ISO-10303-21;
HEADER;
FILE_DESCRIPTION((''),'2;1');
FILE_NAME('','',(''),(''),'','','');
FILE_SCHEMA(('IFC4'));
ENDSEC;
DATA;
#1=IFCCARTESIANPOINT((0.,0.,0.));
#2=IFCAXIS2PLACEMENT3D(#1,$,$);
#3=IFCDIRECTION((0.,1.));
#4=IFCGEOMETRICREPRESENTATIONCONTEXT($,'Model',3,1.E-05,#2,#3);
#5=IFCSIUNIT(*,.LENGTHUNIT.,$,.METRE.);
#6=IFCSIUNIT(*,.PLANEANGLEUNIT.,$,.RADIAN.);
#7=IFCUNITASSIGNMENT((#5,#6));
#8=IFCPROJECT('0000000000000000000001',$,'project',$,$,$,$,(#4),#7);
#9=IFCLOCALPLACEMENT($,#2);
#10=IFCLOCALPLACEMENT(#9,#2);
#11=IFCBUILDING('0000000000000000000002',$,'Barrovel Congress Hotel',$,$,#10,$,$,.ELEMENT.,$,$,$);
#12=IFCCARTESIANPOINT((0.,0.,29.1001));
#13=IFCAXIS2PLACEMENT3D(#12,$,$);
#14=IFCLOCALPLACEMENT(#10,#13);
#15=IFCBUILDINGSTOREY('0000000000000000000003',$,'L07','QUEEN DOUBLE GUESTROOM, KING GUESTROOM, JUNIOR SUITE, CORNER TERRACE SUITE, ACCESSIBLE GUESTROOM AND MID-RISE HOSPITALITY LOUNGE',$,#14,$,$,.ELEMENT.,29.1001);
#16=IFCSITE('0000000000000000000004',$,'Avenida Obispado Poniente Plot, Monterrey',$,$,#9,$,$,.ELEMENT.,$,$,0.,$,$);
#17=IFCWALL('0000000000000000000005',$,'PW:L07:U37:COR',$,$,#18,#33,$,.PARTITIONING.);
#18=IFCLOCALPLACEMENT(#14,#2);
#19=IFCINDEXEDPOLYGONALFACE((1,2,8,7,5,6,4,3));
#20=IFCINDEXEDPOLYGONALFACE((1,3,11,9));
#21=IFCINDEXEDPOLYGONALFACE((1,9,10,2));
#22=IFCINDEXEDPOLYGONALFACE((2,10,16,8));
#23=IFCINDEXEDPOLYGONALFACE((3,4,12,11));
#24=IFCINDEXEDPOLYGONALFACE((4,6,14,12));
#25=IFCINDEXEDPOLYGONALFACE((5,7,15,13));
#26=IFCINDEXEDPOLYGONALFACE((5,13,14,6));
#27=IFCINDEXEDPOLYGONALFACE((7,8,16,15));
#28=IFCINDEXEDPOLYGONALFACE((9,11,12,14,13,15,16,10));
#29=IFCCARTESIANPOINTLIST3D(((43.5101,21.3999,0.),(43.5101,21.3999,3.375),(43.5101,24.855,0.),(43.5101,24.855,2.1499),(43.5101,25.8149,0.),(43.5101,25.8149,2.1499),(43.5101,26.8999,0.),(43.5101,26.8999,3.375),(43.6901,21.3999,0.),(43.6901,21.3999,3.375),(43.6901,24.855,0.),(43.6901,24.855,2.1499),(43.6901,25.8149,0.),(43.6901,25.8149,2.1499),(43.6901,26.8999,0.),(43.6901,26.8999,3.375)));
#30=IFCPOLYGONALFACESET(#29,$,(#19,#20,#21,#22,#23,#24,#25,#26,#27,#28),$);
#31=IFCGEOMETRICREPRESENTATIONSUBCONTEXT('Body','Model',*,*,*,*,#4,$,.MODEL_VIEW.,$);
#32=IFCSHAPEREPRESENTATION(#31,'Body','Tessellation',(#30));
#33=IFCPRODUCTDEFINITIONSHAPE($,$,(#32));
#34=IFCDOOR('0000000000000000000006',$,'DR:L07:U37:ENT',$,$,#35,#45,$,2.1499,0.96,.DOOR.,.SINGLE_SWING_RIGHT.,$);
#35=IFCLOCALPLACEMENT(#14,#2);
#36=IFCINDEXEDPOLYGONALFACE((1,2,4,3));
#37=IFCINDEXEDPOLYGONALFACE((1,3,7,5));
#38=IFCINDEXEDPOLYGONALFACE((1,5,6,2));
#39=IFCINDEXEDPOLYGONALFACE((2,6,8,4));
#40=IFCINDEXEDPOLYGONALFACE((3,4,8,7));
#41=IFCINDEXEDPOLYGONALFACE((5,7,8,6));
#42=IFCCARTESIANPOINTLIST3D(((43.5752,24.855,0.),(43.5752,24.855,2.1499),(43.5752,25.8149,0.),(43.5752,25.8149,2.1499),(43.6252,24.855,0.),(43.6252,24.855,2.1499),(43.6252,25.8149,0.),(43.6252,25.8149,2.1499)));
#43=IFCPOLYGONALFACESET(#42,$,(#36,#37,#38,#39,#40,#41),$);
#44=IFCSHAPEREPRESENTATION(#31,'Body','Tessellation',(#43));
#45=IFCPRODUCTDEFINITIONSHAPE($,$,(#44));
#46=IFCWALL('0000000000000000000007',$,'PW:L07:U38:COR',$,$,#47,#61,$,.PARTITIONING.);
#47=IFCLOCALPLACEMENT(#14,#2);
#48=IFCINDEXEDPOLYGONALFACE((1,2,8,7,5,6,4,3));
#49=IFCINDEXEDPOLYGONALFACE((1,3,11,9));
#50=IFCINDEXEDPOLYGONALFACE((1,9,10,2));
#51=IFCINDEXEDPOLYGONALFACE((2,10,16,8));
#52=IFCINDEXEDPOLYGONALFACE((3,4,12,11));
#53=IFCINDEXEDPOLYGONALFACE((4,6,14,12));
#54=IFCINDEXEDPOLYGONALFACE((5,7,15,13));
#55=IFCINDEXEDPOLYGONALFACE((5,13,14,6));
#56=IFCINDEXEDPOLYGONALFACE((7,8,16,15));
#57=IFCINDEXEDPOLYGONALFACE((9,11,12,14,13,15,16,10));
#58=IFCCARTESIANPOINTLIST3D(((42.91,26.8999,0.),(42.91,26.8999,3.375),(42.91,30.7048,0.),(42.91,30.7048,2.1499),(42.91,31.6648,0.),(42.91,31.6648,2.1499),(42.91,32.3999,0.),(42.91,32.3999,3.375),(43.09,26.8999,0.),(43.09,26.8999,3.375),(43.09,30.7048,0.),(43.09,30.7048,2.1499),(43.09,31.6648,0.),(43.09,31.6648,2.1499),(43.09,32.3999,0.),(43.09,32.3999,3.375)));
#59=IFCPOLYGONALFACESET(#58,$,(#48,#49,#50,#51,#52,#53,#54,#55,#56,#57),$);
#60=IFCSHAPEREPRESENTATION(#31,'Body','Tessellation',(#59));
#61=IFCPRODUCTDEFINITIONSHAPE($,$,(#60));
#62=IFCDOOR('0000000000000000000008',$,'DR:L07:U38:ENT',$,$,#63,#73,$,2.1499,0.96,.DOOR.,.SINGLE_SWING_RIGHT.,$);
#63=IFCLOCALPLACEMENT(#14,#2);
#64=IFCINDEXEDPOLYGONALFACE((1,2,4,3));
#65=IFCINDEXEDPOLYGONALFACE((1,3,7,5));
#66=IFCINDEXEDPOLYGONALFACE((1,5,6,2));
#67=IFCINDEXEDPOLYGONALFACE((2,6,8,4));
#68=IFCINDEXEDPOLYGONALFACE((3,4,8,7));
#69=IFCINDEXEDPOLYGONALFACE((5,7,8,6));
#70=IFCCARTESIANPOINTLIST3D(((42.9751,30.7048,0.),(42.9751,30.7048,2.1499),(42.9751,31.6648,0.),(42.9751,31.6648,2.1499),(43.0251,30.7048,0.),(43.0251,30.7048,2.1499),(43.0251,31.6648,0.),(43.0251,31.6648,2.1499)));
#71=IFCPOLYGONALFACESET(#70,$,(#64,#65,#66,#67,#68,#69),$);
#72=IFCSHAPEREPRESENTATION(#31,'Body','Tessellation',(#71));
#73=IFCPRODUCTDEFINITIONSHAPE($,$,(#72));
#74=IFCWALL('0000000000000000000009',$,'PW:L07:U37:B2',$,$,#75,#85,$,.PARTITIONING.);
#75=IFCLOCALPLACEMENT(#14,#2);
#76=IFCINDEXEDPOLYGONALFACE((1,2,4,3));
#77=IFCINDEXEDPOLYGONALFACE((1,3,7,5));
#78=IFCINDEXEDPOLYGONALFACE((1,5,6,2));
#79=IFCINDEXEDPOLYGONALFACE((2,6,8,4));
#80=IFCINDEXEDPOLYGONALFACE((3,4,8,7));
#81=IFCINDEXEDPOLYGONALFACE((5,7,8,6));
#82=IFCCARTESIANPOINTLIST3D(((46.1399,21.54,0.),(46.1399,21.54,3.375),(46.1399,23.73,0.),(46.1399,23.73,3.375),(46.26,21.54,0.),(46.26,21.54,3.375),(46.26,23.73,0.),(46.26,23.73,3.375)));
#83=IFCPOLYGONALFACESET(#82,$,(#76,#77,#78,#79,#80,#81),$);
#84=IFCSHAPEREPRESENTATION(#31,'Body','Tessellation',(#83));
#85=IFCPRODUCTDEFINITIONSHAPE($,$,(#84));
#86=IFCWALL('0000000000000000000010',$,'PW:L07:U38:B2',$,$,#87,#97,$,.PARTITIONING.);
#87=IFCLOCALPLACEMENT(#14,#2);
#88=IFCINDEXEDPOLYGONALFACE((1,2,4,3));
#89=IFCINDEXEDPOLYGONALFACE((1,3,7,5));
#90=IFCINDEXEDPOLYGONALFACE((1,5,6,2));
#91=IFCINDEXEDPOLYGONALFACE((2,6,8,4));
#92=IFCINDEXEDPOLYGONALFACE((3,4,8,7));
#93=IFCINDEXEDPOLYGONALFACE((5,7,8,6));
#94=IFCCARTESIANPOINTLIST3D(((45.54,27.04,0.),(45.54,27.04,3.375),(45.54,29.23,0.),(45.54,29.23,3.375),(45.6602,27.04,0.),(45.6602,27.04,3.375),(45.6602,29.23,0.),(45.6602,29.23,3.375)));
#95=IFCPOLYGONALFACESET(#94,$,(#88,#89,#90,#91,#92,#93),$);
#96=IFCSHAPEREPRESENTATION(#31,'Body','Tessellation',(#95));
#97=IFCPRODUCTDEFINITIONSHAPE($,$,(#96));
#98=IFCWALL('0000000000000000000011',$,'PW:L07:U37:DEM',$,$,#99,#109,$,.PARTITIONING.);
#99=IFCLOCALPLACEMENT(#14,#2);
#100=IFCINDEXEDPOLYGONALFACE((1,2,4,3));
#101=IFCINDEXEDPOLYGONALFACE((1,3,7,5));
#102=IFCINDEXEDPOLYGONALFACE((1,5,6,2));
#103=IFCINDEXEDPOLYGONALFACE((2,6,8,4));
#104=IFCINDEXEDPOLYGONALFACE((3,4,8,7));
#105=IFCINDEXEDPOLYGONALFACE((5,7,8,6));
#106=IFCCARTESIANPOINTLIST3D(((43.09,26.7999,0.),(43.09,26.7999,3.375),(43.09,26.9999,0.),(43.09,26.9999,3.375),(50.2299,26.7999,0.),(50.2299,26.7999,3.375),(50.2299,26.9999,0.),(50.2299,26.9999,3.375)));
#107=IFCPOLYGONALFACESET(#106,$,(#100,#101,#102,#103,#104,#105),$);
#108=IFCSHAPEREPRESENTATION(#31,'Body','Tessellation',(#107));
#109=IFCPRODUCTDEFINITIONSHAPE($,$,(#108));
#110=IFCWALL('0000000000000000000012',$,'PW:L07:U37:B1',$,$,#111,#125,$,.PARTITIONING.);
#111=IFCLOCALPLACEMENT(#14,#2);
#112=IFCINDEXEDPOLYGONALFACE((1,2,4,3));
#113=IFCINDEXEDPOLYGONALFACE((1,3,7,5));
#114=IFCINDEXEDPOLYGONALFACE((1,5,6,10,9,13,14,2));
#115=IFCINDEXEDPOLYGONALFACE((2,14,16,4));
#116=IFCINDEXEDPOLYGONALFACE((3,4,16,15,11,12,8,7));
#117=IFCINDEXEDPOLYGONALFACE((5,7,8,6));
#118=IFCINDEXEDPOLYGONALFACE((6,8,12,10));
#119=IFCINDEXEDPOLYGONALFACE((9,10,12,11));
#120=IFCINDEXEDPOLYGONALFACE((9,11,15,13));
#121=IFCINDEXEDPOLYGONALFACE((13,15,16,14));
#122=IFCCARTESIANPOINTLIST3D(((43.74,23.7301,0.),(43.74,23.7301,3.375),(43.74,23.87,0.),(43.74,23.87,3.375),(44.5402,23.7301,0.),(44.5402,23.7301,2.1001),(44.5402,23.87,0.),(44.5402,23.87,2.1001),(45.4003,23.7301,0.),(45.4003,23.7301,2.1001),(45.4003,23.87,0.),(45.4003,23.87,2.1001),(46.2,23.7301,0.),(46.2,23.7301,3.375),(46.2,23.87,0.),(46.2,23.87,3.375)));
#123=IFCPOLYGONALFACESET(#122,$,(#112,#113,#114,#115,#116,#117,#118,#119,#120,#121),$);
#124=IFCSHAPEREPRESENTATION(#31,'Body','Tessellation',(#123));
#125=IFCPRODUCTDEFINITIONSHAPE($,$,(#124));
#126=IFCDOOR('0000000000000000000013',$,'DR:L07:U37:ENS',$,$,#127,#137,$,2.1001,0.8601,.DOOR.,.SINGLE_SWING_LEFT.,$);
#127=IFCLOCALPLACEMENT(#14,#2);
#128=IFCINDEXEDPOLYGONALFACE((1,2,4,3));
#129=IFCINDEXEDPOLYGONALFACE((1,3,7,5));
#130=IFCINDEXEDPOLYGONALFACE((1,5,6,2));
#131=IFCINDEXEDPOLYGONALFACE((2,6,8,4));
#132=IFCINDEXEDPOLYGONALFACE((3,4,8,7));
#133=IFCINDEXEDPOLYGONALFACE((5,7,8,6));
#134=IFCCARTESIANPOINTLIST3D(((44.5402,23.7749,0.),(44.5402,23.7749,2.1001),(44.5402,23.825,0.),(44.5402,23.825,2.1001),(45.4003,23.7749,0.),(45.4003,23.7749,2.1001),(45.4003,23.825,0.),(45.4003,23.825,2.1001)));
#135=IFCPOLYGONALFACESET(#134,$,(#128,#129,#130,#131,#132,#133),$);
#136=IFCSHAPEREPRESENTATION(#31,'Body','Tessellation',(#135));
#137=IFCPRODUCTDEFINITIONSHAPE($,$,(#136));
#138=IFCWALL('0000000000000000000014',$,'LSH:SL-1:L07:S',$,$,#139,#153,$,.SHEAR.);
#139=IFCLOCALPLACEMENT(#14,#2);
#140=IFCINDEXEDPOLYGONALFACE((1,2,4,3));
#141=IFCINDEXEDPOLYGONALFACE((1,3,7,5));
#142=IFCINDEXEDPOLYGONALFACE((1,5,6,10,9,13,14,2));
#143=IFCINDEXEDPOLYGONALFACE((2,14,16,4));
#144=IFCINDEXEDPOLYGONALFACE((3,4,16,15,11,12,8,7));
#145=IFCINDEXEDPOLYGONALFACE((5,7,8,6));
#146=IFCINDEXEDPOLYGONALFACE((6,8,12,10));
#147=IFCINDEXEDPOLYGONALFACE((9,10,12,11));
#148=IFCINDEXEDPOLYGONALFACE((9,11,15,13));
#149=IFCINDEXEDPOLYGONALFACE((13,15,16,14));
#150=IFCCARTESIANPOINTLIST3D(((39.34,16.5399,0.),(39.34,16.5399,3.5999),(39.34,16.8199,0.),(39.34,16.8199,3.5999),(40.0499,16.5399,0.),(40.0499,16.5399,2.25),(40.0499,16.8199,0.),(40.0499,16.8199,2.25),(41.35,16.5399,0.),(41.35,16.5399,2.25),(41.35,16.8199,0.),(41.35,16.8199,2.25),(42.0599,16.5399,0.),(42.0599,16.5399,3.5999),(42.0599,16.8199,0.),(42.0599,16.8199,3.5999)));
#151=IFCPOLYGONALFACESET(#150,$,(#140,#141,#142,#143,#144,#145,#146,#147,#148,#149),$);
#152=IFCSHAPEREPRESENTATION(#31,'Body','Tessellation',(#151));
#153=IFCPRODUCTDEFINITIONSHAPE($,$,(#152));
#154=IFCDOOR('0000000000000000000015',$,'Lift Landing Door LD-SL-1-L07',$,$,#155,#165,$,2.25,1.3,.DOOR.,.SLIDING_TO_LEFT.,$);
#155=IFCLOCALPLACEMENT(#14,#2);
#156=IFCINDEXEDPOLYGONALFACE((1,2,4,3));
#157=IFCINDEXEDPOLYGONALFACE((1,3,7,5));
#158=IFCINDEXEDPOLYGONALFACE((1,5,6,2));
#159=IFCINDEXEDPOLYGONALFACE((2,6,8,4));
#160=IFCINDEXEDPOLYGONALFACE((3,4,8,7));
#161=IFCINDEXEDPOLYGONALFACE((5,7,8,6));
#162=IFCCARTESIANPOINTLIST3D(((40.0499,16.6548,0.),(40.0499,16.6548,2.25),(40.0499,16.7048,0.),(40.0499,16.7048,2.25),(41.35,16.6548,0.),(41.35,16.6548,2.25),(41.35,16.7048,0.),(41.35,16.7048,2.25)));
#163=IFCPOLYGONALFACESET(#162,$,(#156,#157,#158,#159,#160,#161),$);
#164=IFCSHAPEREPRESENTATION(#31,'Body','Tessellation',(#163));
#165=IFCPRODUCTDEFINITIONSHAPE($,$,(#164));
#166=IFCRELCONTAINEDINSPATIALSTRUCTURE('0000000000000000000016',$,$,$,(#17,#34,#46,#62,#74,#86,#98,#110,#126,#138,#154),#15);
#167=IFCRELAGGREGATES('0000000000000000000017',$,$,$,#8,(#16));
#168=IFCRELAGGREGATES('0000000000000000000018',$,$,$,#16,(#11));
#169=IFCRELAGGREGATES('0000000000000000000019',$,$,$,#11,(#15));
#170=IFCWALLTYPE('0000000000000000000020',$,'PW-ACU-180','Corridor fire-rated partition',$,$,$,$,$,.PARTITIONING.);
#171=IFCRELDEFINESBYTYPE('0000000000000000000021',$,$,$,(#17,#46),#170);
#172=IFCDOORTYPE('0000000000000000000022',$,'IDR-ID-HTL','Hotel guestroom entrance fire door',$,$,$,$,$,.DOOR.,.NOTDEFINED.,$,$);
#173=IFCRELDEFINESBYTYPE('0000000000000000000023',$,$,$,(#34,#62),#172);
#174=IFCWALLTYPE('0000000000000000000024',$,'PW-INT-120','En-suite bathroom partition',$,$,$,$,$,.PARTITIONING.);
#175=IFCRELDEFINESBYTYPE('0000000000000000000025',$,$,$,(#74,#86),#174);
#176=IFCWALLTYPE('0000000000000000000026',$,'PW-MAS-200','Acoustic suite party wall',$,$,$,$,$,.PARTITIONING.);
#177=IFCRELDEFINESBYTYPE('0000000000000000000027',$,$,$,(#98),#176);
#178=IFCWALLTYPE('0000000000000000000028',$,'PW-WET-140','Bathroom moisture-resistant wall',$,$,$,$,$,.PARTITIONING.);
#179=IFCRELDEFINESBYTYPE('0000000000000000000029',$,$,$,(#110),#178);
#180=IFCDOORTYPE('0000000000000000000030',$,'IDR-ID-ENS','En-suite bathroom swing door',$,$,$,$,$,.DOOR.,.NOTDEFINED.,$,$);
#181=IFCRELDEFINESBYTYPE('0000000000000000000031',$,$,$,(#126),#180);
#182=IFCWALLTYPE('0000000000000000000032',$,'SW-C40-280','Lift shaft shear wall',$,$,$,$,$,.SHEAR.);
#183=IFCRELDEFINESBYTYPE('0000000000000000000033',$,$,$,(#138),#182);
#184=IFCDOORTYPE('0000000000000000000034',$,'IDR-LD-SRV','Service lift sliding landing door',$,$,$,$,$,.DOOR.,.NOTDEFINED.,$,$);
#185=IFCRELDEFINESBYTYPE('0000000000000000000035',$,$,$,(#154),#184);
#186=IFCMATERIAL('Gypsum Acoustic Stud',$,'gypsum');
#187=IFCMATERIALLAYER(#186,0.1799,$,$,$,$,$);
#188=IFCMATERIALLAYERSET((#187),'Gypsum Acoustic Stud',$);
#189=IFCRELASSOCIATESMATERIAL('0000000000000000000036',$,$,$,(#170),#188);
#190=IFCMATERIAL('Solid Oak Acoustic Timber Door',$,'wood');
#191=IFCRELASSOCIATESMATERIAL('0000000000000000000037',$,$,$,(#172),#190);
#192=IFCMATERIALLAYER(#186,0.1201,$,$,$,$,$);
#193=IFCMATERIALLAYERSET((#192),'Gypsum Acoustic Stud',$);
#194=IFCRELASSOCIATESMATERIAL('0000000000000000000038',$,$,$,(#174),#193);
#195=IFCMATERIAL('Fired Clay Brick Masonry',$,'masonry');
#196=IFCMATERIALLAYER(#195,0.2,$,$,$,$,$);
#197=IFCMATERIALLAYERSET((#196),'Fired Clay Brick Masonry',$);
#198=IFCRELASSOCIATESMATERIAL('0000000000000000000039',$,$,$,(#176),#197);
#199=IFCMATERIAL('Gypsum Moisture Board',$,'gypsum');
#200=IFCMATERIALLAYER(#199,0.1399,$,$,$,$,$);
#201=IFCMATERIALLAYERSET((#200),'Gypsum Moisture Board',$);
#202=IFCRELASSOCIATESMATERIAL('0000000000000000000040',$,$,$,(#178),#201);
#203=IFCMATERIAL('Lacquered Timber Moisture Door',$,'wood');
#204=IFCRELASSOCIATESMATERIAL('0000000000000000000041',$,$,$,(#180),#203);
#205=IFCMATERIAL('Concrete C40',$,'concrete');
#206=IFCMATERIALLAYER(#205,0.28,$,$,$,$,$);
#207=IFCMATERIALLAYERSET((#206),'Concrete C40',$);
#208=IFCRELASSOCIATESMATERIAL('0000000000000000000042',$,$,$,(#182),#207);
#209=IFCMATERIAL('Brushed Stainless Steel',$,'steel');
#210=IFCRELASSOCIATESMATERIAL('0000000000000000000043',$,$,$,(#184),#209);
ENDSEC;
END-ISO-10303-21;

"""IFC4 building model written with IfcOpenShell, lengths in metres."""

from ifc_helpers import new_model, si_unit, direction, frame, frame_2d, origin, place, context, subcontext, project, spatial, rectangle, extrude, material, layer, layer_set, type_object, element, fill, save


model = new_model("IFC4")

# Units and contexts
model_context = context("Model", 3, precision=1e-05, world=origin(), true_north=direction((0.0, 1.0)))
body_context = subcontext(model_context, "Body", "Model", "MODEL_VIEW")
ifc_project = project(units=[si_unit("LENGTHUNIT", "METRE"), si_unit("PLANEANGLEUNIT", "RADIAN")], contexts=[model_context])

# Site, building, storey
site_placement = place(None, origin())
site = spatial("IfcSite", under=ifc_project, at=site_placement, Name="Avenida Obispado Poniente Plot, Monterrey", CompositionType="ELEMENT", RefElevation=0.0)
building_placement = place(site_placement, origin())
building = spatial("IfcBuilding", under=site, at=building_placement, Name="Barrovel Congress Hotel", CompositionType="ELEMENT")
storey_placement = place(building_placement, frame((0.0, 0.0, 29.1001)))
storey = spatial("IfcBuildingStorey", under=building, at=storey_placement, Name="L07", Description="QUEEN DOUBLE GUESTROOM, KING GUESTROOM, JUNIOR SUITE, CORNER TERRACE SUITE, ACCESSIBLE GUESTROOM AND MID-RISE HOSPITALITY LOUNGE", CompositionType="ELEMENT", Elevation=29.1001)

# Shared definitions
ifc_material_1 = material(Name="Concrete C40", Category="concrete")

# Shared definitions
ifc_material_2 = material(Name="Fired Clay Brick Masonry", Category="masonry")

# Walls, openings, doors
ifc_material_3 = material(Name="Gypsum Acoustic Stud", Category="gypsum")
ifc_layer_1 = layer(ifc_material_3, 0.1799)
ifc_layer_set_1 = layer_set([ifc_layer_1], Name="Gypsum Acoustic Stud")
wall_type_1 = type_object("IfcWallType", Name="PW-ACU-180", Description="Corridor fire-rated partition", PredefinedType="PARTITIONING", material=ifc_layer_set_1)
ifc_material_4 = material(Name="Solid Oak Acoustic Timber Door", Category="wood")
door_type_1 = type_object("IfcDoorType", Name="IDR-ID-HTL", Description="Hotel guestroom entrance fire door", OperationType="NOTDEFINED", PredefinedType="DOOR", material=ifc_material_4)
wall_1_placement = place(storey_placement, frame((43.6001, 21.3999, 0.0), z_axis=(0.0, 0.0, 1.0), x_axis=(0.0, 1.0, 0.0)))
wall_1 = element("IfcWall", 1, at=wall_1_placement, inside=storey, type_object=wall_type_1, Name="PW:L07:U37:COR", PredefinedType="PARTITIONING", context=body_context, shape_type="SweptSolid", body=[
    extrude(rectangle(XDim=5.5, YDim=0.1799, at=frame_2d((2.75, 0.0))), origin(), (0.0, 0.0, 1.0), 3.375),
])
opening_1_placement = place(wall_1_placement, frame((3.4551, 0.0, 0.0)))
opening_1 = element("IfcOpeningElement", 2, at=opening_1_placement, cuts=wall_1, PredefinedType="OPENING", context=body_context, shape_type="SweptSolid", body=[
    extrude(rectangle(XDim=0.96, YDim=2.1499, at=frame_2d((0.48, 1.075))), frame((0.0, 0.1001, 0.0), z_axis=(0.0, -1.0, 0.0), x_axis=(1.0, 0.0, 0.0)), (0.0, 0.0, 1.0), 0.2),
])
door_1_placement = place(opening_1_placement, origin())
door_1 = element("IfcDoor", 3, at=door_1_placement, inside=storey, type_object=door_type_1, Name="DR:L07:U37:ENT", OperationType="SINGLE_SWING_RIGHT", OverallHeight=2.1499, OverallWidth=0.96, PredefinedType="DOOR", context=body_context, shape_type="SweptSolid", body=[
    extrude(rectangle(XDim=0.96, YDim=2.1499, at=frame_2d((0.48, 1.075))), frame((0.0, 0.0249, 0.0), z_axis=(0.0, -1.0, 0.0), x_axis=(1.0, 0.0, 0.0)), (0.0, 0.0, 1.0), 0.05),
])
fill(opening_1, door_1)
wall_2_placement = place(storey_placement, frame((43.0, 26.8999, 0.0), z_axis=(0.0, 0.0, 1.0), x_axis=(0.0, 1.0, 0.0)))
wall_2 = element("IfcWall", 4, at=wall_2_placement, inside=storey, type_object=wall_type_1, Name="PW:L07:U38:COR", PredefinedType="PARTITIONING", context=body_context, shape_type="SweptSolid", body=[
    extrude(rectangle(XDim=5.5, YDim=0.1799, at=frame_2d((2.75, 0.0))), origin(), (0.0, 0.0, 1.0), 3.375),
])
opening_2_placement = place(wall_2_placement, frame((3.8049, 0.0, 0.0)))
opening_2 = element("IfcOpeningElement", 5, at=opening_2_placement, cuts=wall_2, PredefinedType="OPENING", context=body_context, shape_type="SweptSolid", body=[
    extrude(rectangle(XDim=0.96, YDim=2.1499, at=frame_2d((0.48, 1.075))), frame((0.0, 0.1001, 0.0), z_axis=(0.0, -1.0, 0.0), x_axis=(1.0, 0.0, 0.0)), (0.0, 0.0, 1.0), 0.2),
])
door_2_placement = place(opening_2_placement, origin())
door_2 = element("IfcDoor", 6, at=door_2_placement, inside=storey, type_object=door_type_1, Name="DR:L07:U38:ENT", OperationType="SINGLE_SWING_RIGHT", OverallHeight=2.1499, OverallWidth=0.96, PredefinedType="DOOR", context=body_context, shape_type="SweptSolid", body=[
    extrude(rectangle(XDim=0.96, YDim=2.1499, at=frame_2d((0.48, 1.075))), frame((0.0, 0.0249, 0.0), z_axis=(0.0, -1.0, 0.0), x_axis=(1.0, 0.0, 0.0)), (0.0, 0.0, 1.0), 0.05),
])
fill(opening_2, door_2)

# Walls
ifc_layer_2 = layer(ifc_material_3, 0.1201)
ifc_layer_set_2 = layer_set([ifc_layer_2], Name="Gypsum Acoustic Stud")
wall_type_2 = type_object("IfcWallType", Name="PW-INT-120", Description="En-suite bathroom partition", PredefinedType="PARTITIONING", material=ifc_layer_set_2)
for number, where, z_axis, x_axis, name in (
    (7, (46.2, 21.54, 0.0), (0.0, 0.0, 1.0), (0.0, 1.0, 0.0), "PW:L07:U37:B2"),
    (8, (45.6001, 27.04, 0.0), (0.0, 0.0, 1.0), (0.0, 1.0, 0.0), "PW:L07:U38:B2"),
):
    element("IfcWall", number, at=place(storey_placement, frame(where, z_axis=z_axis, x_axis=x_axis)), inside=storey, type_object=wall_type_2, Name=name, PredefinedType="PARTITIONING", context=body_context, shape_type="SweptSolid", body=[
        extrude(rectangle(XDim=2.1899, YDim=0.1201, at=frame_2d((1.095, 0.0))), origin(), (0.0, 0.0, 1.0), 3.375),
    ])
ifc_layer_3 = layer(ifc_material_2, 0.2)
ifc_layer_set_3 = layer_set([ifc_layer_3], Name="Fired Clay Brick Masonry")
wall_type_3 = type_object("IfcWallType", Name="PW-MAS-200", Description="Acoustic suite party wall", PredefinedType="PARTITIONING", material=ifc_layer_set_3)
wall_3_placement = place(storey_placement, frame((43.0901, 26.8999, 0.0), z_axis=(0.0, 0.0, 1.0), x_axis=(1.0, 0.0, 0.0)))
element("IfcWall", 9, at=wall_3_placement, inside=storey, type_object=wall_type_3, Name="PW:L07:U37:DEM", PredefinedType="PARTITIONING", context=body_context, shape_type="SweptSolid", body=[
    extrude(rectangle(XDim=7.1399, YDim=0.2, at=frame_2d((3.5698, 0.0))), origin(), (0.0, 0.0, 1.0), 3.375),
])

# Walls, openings, doors
ifc_material_5 = material(Name="Gypsum Moisture Board", Category="gypsum")
ifc_layer_4 = layer(ifc_material_5, 0.1399)
ifc_layer_set_4 = layer_set([ifc_layer_4], Name="Gypsum Moisture Board")
wall_type_4 = type_object("IfcWallType", Name="PW-WET-140", Description="Bathroom moisture-resistant wall", PredefinedType="PARTITIONING", material=ifc_layer_set_4)
wall_4_placement = place(storey_placement, frame((43.74, 23.8, 0.0), z_axis=(0.0, 0.0, 1.0), x_axis=(1.0, 0.0, 0.0)))
wall_4 = element("IfcWall", 10, at=wall_4_placement, inside=storey, type_object=wall_type_4, Name="PW:L07:U37:B1", PredefinedType="PARTITIONING", context=body_context, shape_type="SweptSolid", body=[
    extrude(rectangle(XDim=2.46, YDim=0.1399, at=frame_2d((1.23, 0.0))), origin(), (0.0, 0.0, 1.0), 3.375),
])
opening_3_placement = place(wall_4_placement, frame((0.8, 0.0, 0.0)))
opening_3 = element("IfcOpeningElement", 11, at=opening_3_placement, cuts=wall_4, PredefinedType="OPENING", context=body_context, shape_type="SweptSolid", body=[
    extrude(rectangle(XDim=0.8601, YDim=2.1001, at=frame_2d((0.4302, 1.05))), frame((0.0, 0.0801, 0.0), z_axis=(0.0, -1.0, 0.0), x_axis=(1.0, 0.0, 0.0)), (0.0, 0.0, 1.0), 0.1599),
])
ifc_material_6 = material(Name="Lacquered Timber Moisture Door", Category="wood")
door_type_2 = type_object("IfcDoorType", Name="IDR-ID-ENS", Description="En-suite bathroom swing door", OperationType="NOTDEFINED", PredefinedType="DOOR", material=ifc_material_6)
door_3_placement = place(opening_3_placement, origin())
door_3 = element("IfcDoor", 12, at=door_3_placement, inside=storey, type_object=door_type_2, Name="DR:L07:U37:ENS", OperationType="SINGLE_SWING_LEFT", OverallHeight=2.1001, OverallWidth=0.8601, PredefinedType="DOOR", context=body_context, shape_type="SweptSolid", body=[
    extrude(rectangle(XDim=0.8601, YDim=2.1001, at=frame_2d((0.4302, 1.05))), frame((0.0, 0.0249, 0.0), z_axis=(0.0, -1.0, 0.0), x_axis=(1.0, 0.0, 0.0)), (0.0, 0.0, 1.0), 0.05),
])
fill(opening_3, door_3)
ifc_layer_5 = layer(ifc_material_1, 0.28)
ifc_layer_set_5 = layer_set([ifc_layer_5], Name="Concrete C40")
wall_type_5 = type_object("IfcWallType", Name="SW-C40-280", Description="Lift shaft shear wall", PredefinedType="SHEAR", material=ifc_layer_set_5)
wall_5_placement = place(storey_placement, frame((39.3401, 16.6799, 0.0), z_axis=(0.0, 0.0, 1.0), x_axis=(1.0, 0.0, 0.0)))
wall_5 = element("IfcWall", 13, at=wall_5_placement, inside=storey, type_object=wall_type_5, Name="LSH:SL-1:L07:S", PredefinedType="SHEAR", context=body_context, shape_type="SweptSolid", body=[
    extrude(rectangle(XDim=2.72, YDim=0.28, at=frame_2d((1.3599, 0.0))), origin(), (0.0, 0.0, 1.0), 3.5999),
])
opening_4_placement = place(wall_5_placement, frame((0.71, 0.0, 0.0)))
opening_4 = element("IfcOpeningElement", 14, at=opening_4_placement, cuts=wall_5, PredefinedType="OPENING", context=body_context, shape_type="SweptSolid", body=[
    extrude(rectangle(XDim=1.3, YDim=2.25, at=frame_2d((0.6499, 1.125))), frame((0.0, 0.1499, 0.0), z_axis=(0.0, -1.0, 0.0), x_axis=(1.0, 0.0, 0.0)), (0.0, 0.0, 1.0), 0.3),
])
ifc_material_7 = material(Name="Brushed Stainless Steel", Category="steel")
door_type_3 = type_object("IfcDoorType", Name="IDR-LD-SRV", Description="Service lift sliding landing door", OperationType="NOTDEFINED", PredefinedType="DOOR", material=ifc_material_7)
door_4_placement = place(opening_4_placement, origin())
door_4 = element("IfcDoor", 15, at=door_4_placement, inside=storey, type_object=door_type_3, Name="Lift Landing Door LD-SL-1-L07", OperationType="SLIDING_TO_LEFT", OverallHeight=2.25, OverallWidth=1.3, PredefinedType="DOOR", context=body_context, shape_type="SweptSolid", body=[
    extrude(rectangle(XDim=1.3, YDim=2.25, at=frame_2d((0.6499, 1.125))), frame((0.0, 0.0249, 0.0), z_axis=(0.0, -1.0, 0.0), x_axis=(1.0, 0.0, 0.0)), (0.0, 0.0, 1.0), 0.05),
])
fill(opening_4, door_4)

save(model, "model.ifc")
